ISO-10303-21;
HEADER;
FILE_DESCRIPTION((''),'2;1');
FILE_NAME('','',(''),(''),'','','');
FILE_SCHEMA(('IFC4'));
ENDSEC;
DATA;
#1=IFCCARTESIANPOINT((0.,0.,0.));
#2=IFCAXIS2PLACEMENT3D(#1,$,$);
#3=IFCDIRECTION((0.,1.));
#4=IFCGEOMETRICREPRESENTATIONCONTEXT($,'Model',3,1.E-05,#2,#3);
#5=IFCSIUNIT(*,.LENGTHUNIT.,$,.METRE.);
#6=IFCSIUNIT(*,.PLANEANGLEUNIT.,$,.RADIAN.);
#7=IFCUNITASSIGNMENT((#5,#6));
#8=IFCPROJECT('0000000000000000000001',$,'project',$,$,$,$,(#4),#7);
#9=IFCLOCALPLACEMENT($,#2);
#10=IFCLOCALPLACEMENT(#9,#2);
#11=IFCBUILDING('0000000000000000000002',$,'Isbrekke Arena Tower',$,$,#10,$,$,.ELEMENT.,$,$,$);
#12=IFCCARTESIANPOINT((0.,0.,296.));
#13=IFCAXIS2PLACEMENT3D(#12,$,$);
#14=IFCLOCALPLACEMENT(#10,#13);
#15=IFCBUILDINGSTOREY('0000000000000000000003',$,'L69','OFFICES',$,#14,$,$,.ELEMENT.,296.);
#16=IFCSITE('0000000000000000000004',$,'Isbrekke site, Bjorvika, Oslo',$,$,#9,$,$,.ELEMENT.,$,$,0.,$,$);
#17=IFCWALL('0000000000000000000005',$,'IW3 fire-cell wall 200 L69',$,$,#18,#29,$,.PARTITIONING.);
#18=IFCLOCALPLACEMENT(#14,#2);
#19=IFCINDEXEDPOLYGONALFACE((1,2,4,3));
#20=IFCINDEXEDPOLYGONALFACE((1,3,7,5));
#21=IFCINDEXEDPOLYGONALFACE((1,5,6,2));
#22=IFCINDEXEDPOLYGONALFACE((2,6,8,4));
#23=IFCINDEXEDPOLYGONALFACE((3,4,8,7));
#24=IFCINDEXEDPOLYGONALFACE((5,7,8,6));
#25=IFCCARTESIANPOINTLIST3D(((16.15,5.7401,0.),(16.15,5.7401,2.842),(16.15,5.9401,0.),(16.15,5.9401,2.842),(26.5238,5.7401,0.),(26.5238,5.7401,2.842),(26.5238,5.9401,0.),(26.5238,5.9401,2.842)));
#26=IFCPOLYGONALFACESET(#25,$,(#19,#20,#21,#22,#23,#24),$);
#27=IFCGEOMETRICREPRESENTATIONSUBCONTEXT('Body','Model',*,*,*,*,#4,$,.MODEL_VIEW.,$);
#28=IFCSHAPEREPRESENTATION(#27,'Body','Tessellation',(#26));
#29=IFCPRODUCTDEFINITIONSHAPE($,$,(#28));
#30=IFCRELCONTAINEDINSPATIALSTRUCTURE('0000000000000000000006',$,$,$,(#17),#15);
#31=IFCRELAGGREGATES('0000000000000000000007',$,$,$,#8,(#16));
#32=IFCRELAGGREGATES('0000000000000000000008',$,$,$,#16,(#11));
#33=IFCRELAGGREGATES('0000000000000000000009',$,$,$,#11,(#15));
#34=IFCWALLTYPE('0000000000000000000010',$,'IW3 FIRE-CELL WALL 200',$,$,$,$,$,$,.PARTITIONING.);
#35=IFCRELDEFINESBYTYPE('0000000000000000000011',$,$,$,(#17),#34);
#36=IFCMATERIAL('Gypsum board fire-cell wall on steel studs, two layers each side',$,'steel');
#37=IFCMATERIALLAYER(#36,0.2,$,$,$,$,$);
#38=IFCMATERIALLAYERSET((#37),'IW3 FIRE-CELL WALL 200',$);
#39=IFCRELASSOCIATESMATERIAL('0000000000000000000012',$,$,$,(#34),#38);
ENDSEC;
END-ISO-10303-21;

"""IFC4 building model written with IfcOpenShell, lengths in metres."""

from ifc_helpers import new_model, si_unit, direction, frame, frame_2d, origin, place, context, subcontext, project, spatial, rectangle, extrude, material, layer, layer_set, type_object, element, save


model = new_model("IFC4")

# Units and contexts
model_context = context("Model", 3, precision=1e-05, world=origin(), true_north=direction((0.0, 1.0)))
body_context = subcontext(model_context, "Body", "Model", "MODEL_VIEW")
ifc_project = project(units=[si_unit("LENGTHUNIT", "METRE"), si_unit("PLANEANGLEUNIT", "RADIAN")], contexts=[model_context])

# Site, building, storey
site_placement = place(None, origin())
site = spatial("IfcSite", under=ifc_project, at=site_placement, Name="Isbrekke site, Bjorvika, Oslo", CompositionType="ELEMENT", RefElevation=0.0)
building_placement = place(site_placement, origin())
building = spatial("IfcBuilding", under=site, at=building_placement, Name="Isbrekke Arena Tower", CompositionType="ELEMENT")
storey_placement = place(building_placement, frame((0.0, 0.0, 296.0)))
storey = spatial("IfcBuildingStorey", under=building, at=storey_placement, Name="L69", Description="OFFICES", CompositionType="ELEMENT", Elevation=296.0)

# Wall
ifc_material_1 = material(Name="Gypsum board fire-cell wall on steel studs, two layers each side", Category="steel")
ifc_layer_1 = layer(ifc_material_1, 0.2)
ifc_layer_set_1 = layer_set([ifc_layer_1], Name="IW3 FIRE-CELL WALL 200")
wall_type_1 = type_object("IfcWallType", Name="IW3 FIRE-CELL WALL 200", PredefinedType="PARTITIONING", material=ifc_layer_set_1)
wall_1_placement = place(storey_placement, frame((16.1499, 5.8401, 0.0), z_axis=(0.0, 0.0, 1.0), x_axis=(1.0, 0.0, 0.0)))
element("IfcWall", 1, at=wall_1_placement, inside=storey, type_object=wall_type_1, Name="IW3 fire-cell wall 200 L69", PredefinedType="PARTITIONING", context=body_context, shape_type="SweptSolid", body=[
    extrude(rectangle(XDim=10.3738, YDim=0.2, at=frame_2d((5.187, 0.0))), origin(), (0.0, 0.0, 1.0), 2.842),
])

save(model, "model.ifc")
